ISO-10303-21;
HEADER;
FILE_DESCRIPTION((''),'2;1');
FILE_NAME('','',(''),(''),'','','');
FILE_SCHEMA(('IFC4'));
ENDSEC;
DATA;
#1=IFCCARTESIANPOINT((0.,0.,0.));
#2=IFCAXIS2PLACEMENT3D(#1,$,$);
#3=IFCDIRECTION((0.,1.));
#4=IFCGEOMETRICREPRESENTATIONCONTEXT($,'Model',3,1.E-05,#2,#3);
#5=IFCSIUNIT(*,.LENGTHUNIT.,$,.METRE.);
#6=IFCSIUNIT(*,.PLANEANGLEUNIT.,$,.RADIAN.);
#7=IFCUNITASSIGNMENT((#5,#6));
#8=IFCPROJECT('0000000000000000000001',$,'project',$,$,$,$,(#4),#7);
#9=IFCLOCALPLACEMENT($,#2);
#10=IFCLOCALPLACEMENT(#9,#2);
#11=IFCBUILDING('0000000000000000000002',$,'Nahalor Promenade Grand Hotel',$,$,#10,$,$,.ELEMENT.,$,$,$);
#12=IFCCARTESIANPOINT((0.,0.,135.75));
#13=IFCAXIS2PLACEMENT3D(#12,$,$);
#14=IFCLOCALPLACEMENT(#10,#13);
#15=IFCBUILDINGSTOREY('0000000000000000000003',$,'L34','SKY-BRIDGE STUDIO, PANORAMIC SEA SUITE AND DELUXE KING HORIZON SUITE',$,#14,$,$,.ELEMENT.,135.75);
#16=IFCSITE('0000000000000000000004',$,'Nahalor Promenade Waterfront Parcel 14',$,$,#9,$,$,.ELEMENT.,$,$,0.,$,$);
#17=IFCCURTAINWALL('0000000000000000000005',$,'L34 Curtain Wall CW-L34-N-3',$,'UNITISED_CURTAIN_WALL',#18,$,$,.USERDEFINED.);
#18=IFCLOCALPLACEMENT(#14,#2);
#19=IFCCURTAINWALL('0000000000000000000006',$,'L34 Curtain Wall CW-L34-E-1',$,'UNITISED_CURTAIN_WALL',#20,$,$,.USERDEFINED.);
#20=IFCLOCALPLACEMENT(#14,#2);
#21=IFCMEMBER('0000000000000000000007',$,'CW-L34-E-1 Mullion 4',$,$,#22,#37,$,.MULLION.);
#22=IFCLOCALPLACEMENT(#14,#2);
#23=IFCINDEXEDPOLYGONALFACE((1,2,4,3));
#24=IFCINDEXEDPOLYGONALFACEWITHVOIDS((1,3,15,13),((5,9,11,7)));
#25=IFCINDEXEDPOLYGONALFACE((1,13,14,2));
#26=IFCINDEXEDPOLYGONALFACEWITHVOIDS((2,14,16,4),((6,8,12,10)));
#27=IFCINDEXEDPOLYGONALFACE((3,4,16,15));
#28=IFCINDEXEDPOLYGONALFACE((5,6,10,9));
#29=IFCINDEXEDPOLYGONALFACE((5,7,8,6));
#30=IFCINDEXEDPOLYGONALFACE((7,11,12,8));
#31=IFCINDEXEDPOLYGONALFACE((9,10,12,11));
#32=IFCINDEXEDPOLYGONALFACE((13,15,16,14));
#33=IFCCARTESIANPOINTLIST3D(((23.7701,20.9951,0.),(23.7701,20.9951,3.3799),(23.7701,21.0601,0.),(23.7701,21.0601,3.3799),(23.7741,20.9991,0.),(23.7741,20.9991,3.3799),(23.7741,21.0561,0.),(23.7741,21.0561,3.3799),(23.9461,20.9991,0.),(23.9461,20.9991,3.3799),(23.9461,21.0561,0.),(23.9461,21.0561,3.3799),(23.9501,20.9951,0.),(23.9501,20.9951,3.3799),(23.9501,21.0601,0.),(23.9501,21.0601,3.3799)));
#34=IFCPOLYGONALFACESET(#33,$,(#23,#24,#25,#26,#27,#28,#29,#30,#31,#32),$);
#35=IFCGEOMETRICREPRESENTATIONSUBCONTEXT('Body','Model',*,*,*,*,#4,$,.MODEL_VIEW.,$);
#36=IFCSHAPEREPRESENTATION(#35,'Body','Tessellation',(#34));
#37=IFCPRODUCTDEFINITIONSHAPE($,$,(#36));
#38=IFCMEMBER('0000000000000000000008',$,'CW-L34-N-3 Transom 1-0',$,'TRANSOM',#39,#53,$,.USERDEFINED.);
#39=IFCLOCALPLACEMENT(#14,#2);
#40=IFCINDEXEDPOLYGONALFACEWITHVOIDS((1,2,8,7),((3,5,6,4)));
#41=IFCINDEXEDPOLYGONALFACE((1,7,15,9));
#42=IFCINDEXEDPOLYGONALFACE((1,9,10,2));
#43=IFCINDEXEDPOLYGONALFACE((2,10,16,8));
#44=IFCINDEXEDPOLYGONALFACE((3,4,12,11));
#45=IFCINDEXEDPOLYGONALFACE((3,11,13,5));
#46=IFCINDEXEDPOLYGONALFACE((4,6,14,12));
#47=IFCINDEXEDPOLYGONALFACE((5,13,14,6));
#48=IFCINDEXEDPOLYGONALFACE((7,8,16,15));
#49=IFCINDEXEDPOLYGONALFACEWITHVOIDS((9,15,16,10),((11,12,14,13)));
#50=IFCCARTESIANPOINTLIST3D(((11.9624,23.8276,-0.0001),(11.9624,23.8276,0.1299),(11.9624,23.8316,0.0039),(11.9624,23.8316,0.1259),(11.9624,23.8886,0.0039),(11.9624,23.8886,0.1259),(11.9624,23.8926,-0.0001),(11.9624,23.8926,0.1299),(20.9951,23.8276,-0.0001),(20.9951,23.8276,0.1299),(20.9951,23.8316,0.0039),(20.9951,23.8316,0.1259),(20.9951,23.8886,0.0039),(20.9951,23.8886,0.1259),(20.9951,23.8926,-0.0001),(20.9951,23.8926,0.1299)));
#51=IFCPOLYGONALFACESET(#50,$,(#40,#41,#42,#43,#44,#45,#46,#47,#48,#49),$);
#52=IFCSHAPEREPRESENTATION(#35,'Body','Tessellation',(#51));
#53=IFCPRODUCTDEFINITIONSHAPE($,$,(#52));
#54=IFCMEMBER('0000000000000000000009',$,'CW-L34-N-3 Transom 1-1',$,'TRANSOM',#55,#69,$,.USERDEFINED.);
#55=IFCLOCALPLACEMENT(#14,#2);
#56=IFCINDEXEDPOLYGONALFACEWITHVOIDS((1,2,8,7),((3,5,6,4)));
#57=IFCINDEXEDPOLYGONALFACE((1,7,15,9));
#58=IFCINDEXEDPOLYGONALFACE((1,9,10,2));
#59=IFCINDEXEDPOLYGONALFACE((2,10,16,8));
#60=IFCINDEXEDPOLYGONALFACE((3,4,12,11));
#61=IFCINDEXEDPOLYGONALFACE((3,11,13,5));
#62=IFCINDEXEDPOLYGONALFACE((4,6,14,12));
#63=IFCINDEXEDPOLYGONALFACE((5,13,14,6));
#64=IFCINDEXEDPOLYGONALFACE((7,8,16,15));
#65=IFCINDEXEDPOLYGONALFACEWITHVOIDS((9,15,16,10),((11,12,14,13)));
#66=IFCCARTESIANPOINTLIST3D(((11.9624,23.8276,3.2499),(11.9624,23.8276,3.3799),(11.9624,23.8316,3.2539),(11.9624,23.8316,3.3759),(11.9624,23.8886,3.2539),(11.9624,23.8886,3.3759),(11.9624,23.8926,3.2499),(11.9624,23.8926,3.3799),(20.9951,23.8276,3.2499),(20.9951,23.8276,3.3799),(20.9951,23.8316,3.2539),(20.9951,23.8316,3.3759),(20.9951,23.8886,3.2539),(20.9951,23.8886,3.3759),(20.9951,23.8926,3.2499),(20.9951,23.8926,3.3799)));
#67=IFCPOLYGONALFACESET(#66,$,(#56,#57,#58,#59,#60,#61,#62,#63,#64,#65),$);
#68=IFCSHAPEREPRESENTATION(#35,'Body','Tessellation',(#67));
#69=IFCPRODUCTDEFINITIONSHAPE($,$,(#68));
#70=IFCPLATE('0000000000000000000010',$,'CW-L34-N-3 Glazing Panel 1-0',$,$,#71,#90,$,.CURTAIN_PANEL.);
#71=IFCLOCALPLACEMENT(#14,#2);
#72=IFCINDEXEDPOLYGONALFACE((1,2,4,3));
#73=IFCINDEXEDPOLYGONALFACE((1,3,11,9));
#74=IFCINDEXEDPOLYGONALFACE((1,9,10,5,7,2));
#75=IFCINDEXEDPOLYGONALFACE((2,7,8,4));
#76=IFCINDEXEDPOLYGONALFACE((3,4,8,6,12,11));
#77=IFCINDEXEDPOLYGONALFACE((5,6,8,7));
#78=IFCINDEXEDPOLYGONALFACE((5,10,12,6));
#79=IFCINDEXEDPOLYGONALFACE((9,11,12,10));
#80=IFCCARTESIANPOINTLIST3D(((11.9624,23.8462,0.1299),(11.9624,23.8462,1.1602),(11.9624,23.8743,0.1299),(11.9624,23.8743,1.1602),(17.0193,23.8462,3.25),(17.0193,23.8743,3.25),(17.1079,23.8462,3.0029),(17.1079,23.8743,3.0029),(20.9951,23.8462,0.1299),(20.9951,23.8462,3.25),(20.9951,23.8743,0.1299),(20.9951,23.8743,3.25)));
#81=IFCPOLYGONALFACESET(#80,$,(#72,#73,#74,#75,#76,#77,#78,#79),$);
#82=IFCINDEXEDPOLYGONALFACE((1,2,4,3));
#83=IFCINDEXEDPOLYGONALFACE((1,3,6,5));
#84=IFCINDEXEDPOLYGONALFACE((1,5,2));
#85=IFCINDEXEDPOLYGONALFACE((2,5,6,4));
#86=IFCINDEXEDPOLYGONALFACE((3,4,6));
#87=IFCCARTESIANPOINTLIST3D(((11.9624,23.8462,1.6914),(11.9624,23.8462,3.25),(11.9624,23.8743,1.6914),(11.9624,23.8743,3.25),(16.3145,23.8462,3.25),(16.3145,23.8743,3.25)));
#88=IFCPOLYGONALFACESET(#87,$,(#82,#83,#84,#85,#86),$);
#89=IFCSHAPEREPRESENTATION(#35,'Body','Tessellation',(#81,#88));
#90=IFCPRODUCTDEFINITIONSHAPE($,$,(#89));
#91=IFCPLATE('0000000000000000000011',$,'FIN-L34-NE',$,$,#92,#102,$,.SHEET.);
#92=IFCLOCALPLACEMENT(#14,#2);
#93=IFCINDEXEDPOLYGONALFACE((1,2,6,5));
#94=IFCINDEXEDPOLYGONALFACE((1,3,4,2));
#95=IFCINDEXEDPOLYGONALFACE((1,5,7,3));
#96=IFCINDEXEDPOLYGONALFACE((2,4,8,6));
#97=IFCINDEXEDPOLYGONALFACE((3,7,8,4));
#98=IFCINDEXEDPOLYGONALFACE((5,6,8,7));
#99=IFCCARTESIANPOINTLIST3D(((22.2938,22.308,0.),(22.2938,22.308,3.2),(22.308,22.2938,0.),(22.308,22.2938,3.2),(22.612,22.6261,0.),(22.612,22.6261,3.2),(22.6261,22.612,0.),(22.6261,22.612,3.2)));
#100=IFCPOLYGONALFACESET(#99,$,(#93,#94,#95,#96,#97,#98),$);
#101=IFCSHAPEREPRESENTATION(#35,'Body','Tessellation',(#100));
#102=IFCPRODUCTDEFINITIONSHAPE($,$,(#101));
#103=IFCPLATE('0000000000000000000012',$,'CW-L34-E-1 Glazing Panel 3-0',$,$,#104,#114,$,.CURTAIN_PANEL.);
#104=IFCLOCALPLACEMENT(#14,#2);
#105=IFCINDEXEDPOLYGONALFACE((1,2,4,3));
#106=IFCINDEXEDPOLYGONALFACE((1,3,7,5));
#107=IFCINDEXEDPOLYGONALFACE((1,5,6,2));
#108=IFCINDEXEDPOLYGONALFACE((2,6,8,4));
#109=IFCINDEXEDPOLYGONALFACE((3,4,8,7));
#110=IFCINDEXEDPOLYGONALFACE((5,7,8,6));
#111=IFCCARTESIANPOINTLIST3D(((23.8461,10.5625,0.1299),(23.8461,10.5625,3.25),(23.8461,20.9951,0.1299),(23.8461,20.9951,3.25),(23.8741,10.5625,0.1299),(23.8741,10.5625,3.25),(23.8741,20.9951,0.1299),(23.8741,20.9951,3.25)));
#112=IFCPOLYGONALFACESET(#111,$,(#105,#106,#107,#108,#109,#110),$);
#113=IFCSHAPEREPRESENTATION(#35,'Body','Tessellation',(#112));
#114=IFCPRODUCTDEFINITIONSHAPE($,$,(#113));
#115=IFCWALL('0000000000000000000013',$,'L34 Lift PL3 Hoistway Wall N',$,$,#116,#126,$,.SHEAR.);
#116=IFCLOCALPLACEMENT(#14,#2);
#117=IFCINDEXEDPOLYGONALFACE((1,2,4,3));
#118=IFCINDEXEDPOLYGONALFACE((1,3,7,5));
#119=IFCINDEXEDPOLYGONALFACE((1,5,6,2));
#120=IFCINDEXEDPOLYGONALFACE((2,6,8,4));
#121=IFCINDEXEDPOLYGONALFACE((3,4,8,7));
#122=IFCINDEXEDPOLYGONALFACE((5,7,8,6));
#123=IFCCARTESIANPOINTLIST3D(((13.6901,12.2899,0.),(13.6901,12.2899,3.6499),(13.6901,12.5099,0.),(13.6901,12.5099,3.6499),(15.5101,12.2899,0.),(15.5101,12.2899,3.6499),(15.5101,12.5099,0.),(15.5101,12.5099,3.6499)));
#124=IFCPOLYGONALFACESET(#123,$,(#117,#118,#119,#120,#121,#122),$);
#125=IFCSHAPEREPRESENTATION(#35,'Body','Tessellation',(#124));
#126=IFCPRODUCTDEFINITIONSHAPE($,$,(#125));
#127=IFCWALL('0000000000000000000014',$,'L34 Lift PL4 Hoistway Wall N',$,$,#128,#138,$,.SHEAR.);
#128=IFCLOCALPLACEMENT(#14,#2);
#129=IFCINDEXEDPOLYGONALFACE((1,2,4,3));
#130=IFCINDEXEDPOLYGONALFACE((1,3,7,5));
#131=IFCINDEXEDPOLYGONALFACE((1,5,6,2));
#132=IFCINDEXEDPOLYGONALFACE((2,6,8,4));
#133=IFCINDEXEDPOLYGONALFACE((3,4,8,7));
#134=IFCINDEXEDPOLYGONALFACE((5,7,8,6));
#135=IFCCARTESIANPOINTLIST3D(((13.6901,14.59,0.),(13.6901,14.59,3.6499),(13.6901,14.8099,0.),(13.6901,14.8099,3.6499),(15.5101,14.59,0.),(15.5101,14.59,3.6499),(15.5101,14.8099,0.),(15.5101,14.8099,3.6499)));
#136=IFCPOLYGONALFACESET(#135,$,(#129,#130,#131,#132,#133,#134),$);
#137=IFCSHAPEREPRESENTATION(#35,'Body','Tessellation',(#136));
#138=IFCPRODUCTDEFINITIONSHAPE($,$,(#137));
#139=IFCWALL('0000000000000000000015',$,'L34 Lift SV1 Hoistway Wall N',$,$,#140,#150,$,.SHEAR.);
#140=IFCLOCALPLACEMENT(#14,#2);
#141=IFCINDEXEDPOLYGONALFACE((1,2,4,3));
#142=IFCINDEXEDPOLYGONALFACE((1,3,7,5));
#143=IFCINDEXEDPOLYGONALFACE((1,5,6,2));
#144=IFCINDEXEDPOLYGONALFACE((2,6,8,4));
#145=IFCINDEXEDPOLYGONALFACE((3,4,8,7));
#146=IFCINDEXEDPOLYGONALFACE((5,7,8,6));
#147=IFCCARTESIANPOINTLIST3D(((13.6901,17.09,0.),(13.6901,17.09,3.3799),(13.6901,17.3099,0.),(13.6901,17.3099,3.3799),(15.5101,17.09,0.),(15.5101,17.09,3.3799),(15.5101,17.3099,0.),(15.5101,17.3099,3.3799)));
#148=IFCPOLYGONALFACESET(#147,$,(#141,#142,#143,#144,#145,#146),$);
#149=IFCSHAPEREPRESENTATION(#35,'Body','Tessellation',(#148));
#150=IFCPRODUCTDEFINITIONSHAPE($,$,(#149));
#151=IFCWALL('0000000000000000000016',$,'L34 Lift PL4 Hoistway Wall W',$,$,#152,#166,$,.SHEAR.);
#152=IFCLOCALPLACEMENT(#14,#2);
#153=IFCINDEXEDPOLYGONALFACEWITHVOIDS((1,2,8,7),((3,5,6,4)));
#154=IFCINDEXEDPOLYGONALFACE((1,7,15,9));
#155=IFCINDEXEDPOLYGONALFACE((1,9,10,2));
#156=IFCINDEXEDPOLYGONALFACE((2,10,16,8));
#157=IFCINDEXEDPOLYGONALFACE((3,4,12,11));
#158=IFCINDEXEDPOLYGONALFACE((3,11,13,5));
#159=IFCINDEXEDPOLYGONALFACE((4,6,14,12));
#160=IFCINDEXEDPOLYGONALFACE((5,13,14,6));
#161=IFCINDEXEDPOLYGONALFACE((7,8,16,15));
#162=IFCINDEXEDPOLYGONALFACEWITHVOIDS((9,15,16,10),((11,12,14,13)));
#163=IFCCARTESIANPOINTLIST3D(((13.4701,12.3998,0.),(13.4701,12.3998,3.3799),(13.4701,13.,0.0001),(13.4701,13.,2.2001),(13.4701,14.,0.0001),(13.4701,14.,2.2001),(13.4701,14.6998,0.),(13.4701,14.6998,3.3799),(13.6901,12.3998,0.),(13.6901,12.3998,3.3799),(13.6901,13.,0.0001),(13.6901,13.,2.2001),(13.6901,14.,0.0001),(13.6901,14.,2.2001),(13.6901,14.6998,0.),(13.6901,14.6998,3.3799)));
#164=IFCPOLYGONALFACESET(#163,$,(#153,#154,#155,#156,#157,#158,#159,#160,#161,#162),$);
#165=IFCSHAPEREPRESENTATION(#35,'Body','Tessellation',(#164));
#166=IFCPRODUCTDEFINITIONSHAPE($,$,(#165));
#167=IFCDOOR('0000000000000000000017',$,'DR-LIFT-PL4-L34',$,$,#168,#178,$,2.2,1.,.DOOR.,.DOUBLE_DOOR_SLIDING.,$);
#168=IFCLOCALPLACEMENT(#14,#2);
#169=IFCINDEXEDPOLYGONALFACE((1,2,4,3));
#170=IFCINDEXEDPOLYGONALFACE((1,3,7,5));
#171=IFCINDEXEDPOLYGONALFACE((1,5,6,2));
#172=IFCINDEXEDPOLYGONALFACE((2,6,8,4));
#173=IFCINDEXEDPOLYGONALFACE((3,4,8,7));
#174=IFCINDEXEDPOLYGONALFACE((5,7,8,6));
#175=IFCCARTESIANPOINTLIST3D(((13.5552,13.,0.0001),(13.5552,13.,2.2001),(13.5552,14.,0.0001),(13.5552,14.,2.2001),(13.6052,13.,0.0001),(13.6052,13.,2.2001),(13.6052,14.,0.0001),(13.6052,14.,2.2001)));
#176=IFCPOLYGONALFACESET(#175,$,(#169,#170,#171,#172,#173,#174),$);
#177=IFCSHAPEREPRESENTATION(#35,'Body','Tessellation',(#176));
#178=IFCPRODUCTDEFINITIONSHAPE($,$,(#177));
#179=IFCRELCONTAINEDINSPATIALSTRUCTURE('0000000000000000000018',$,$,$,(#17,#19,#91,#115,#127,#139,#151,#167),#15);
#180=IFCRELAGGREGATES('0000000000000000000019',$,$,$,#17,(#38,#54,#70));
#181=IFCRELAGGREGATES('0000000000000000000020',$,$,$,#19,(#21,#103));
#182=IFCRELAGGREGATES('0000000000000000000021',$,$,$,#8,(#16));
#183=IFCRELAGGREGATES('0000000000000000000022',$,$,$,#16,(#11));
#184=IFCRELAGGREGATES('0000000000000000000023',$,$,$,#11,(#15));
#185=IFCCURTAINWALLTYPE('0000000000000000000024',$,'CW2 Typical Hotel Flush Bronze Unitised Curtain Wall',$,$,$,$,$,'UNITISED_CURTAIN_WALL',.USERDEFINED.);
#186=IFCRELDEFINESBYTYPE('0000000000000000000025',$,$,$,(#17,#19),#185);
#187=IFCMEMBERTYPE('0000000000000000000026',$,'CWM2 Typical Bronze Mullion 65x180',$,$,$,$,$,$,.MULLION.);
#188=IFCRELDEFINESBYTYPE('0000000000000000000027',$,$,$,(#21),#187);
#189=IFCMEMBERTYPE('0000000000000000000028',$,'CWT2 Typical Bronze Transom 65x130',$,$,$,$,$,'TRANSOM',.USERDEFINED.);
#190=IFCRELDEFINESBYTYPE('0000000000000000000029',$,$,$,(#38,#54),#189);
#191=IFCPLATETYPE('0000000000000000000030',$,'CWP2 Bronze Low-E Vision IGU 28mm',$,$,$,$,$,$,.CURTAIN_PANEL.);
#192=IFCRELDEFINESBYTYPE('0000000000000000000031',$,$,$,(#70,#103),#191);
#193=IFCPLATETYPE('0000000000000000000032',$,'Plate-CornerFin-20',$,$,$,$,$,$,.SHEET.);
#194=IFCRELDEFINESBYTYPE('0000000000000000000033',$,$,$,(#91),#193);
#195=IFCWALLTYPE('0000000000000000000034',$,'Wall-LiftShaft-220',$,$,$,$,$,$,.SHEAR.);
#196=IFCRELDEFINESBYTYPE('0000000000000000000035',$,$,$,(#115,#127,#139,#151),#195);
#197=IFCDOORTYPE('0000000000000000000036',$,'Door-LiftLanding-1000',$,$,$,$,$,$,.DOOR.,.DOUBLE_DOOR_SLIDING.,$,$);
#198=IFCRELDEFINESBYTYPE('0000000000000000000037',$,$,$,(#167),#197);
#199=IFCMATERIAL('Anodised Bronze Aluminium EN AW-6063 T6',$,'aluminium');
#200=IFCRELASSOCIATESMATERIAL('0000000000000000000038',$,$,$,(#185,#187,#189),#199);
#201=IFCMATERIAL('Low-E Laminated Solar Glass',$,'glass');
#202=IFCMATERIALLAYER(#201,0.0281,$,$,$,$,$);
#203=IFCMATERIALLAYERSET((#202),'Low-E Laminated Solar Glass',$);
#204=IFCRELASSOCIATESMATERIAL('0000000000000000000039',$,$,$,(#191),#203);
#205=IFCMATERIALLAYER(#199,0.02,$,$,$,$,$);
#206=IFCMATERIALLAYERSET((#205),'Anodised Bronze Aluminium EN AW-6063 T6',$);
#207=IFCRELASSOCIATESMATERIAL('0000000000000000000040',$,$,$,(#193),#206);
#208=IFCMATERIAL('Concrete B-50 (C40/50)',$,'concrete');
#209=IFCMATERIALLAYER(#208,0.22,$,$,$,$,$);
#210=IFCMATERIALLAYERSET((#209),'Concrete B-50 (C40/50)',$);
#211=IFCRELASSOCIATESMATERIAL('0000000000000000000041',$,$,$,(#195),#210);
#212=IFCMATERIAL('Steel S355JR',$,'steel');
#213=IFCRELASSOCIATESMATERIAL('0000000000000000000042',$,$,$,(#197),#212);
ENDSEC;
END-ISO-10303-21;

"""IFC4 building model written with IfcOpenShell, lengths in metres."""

from ifc_helpers import new_model, si_unit, direction, frame, frame_2d, origin, origin_2d, place, context, subcontext, project, spatial, polyline, rectangle, hollow_rectangle, outline, extrude, source, transform, mapped, material, layer, layer_set, material_profile, profile_set, type_object, element, fill, aggregate, save


model = new_model("IFC4")

# Units and contexts
model_context = context("Model", 3, precision=1e-05, world=origin(), true_north=direction((0.0, 1.0)))
body_context = subcontext(model_context, "Body", "Model", "MODEL_VIEW")
ifc_project = project(units=[si_unit("LENGTHUNIT", "METRE"), si_unit("PLANEANGLEUNIT", "RADIAN")], contexts=[model_context])

# Site, building, storey
site_placement = place(None, origin())
site = spatial("IfcSite", under=ifc_project, at=site_placement, Name="Nahalor Promenade Waterfront Parcel 14", CompositionType="ELEMENT", RefElevation=0.0)
building_placement = place(site_placement, origin())
building = spatial("IfcBuilding", under=site, at=building_placement, Name="Nahalor Promenade Grand Hotel", CompositionType="ELEMENT")
storey_placement = place(building_placement, frame((0.0, 0.0, 135.75)))
storey = spatial("IfcBuildingStorey", under=building, at=storey_placement, Name="L34", Description="SKY-BRIDGE STUDIO, PANORAMIC SEA SUITE AND DELUXE KING HORIZON SUITE", CompositionType="ELEMENT", Elevation=135.75)

# Shared definitions
ifc_material_1 = material(Name="Steel S355JR", Category="steel")

# Curtain walls, member
ifc_material_2 = material(Name="Anodised Bronze Aluminium EN AW-6063 T6", Category="aluminium")
curtain_wall_type = type_object("IfcCurtainWallType", Name="CW2 Typical Hotel Flush Bronze Unitised Curtain Wall", ElementType="UNITISED_CURTAIN_WALL", PredefinedType="USERDEFINED", material=ifc_material_2)
curtain_wall_1_placement = place(storey_placement, origin())
curtain_wall_1 = element("IfcCurtainWall", 1, at=curtain_wall_1_placement, inside=storey, type_object=curtain_wall_type, Name="L34 Curtain Wall CW-L34-N-3", ObjectType="UNITISED_CURTAIN_WALL", PredefinedType="USERDEFINED")
ifc_material_profile_1 = material_profile(ifc_material_2, hollow_rectangle(XDim=0.065, YDim=0.18, WallThickness=0.004, at=origin_2d()), Name="CWM 65x180x4")
ifc_profile_set_1 = profile_set([ifc_material_profile_1], Name="Anodised Bronze Aluminium EN AW-6063 T6")
member_type_1 = type_object("IfcMemberType", Name="CWM2 Typical Bronze Mullion 65x180", PredefinedType="MULLION", material=ifc_profile_set_1)
shared_shape_1 = source(origin(), body_context, "Body", "SweptSolid", [
    extrude(hollow_rectangle(XDim=0.065, YDim=0.18, WallThickness=0.004, at=origin_2d()), origin(), (0.0, 0.0, 1.0), 3.3799),
])
curtain_wall_2_placement = place(storey_placement, origin())
curtain_wall_2 = element("IfcCurtainWall", 2, at=curtain_wall_2_placement, inside=storey, type_object=curtain_wall_type, Name="L34 Curtain Wall CW-L34-E-1", ObjectType="UNITISED_CURTAIN_WALL", PredefinedType="USERDEFINED")
member_1_placement = place(storey_placement, frame((23.8601, 21.0276, 0.0), z_axis=(0.0, 0.0, 1.0), x_axis=(0.0, 1.0, 0.0)))
member_1 = element("IfcMember", 3, at=member_1_placement, type_object=member_type_1, Name="CW-L34-E-1 Mullion 4", PredefinedType="MULLION", context=body_context, shape_type="MappedRepresentation", body=[
    mapped(shared_shape_1, transform((0.0, 0.0, 0.0), scale=1.0)),
])

# Members
ifc_material_profile_2 = material_profile(ifc_material_2, hollow_rectangle(XDim=0.065, YDim=0.13, WallThickness=0.004, at=origin_2d()), Name="CWT 65x130x4")
ifc_profile_set_2 = profile_set([ifc_material_profile_2], Name="Anodised Bronze Aluminium EN AW-6063 T6")
member_type_2 = type_object("IfcMemberType", Name="CWT2 Typical Bronze Transom 65x130", ElementType="TRANSOM", PredefinedType="USERDEFINED", material=ifc_profile_set_2)
shared_shape_2 = source(origin(), body_context, "Body", "SweptSolid", [
    extrude(hollow_rectangle(XDim=0.065, YDim=0.13, WallThickness=0.004, at=origin_2d()), origin(), (0.0, 0.0, 1.0), 9.0327),
])
member_2_placement = place(storey_placement, frame((11.9624, 23.8601, 0.0649), z_axis=(1.0, 0.0, 0.0), x_axis=(0.0, 1.0, 0.0)))
member_2 = element("IfcMember", 4, at=member_2_placement, type_object=member_type_2, Name="CW-L34-N-3 Transom 1-0", ObjectType="TRANSOM", PredefinedType="USERDEFINED", context=body_context, shape_type="MappedRepresentation", body=[
    mapped(shared_shape_2, transform((0.0, 0.0, 0.0), scale=1.0)),
])
member_3_placement = place(storey_placement, frame((11.9624, 23.8601, 3.3149), z_axis=(1.0, 0.0, 0.0), x_axis=(0.0, 1.0, 0.0)))
member_3 = element("IfcMember", 5, at=member_3_placement, type_object=member_type_2, Name="CW-L34-N-3 Transom 1-1", ObjectType="TRANSOM", PredefinedType="USERDEFINED", context=body_context, shape_type="MappedRepresentation", body=[
    mapped(shared_shape_2, transform((0.0, 0.0, 0.0), scale=1.0)),
])

# Plates
ifc_material_3 = material(Name="Low-E Laminated Solar Glass", Category="glass")
ifc_layer_1 = layer(ifc_material_3, 0.0281)
ifc_layer_set_1 = layer_set([ifc_layer_1], Name="Low-E Laminated Solar Glass")
plate_type_1 = type_object("IfcPlateType", Name="CWP2 Bronze Low-E Vision IGU 28mm", PredefinedType="CURTAIN_PANEL", material=ifc_layer_set_1)
plate_1_placement = place(storey_placement, frame((16.4788, 23.8601, 0.1299), z_axis=(0.0, 0.0, 1.0), x_axis=(1.0, 0.0, 0.0)))
plate_1 = element("IfcPlate", 6, at=plate_1_placement, type_object=plate_type_1, Name="CW-L34-N-3 Glazing Panel 1-0", PredefinedType="CURTAIN_PANEL", context=body_context, shape_type="SweptSolid", body=[
    extrude(outline(polyline([(4.5164, 0.0), (4.5164, 3.1201), (0.5405, 3.1201), (0.6292, 2.873), (-4.5164, 1.0303), (-4.5164, 0.0), (4.5164, 0.0)])), frame((0.0, 0.0142, 0.0), z_axis=(0.0, -1.0, 0.0), x_axis=(1.0, 0.0, 0.0)), (0.0, 0.0, 1.0), 0.0281),
    extrude(outline(polyline([(-0.1643, 3.1201), (-4.5164, 3.1201), (-4.5164, 1.5615), (-0.1643, 3.1201)])), frame((0.0, 0.0142, 0.0), z_axis=(0.0, -1.0, 0.0), x_axis=(1.0, 0.0, 0.0)), (0.0, 0.0, 1.0), 0.0281),
])
aggregate(curtain_wall_1, [member_2, member_3, plate_1])
ifc_layer_2 = layer(ifc_material_2, 0.02)
ifc_layer_set_2 = layer_set([ifc_layer_2], Name="Anodised Bronze Aluminium EN AW-6063 T6")
plate_type_2 = type_object("IfcPlateType", Name="Plate-CornerFin-20", PredefinedType="SHEET", material=ifc_layer_set_2)
shared_shape_3 = source(origin(), body_context, "Body", "SweptSolid", [
    extrude(rectangle(XDim=0.45, YDim=0.02, at=origin_2d()), origin(), (0.0, 0.0, 1.0), 3.2),
])
plate_2_placement = place(storey_placement, frame((22.46, 22.46, 0.0), z_axis=(0.0, 0.0, 1.0), x_axis=(0.707107, 0.707107, 0.0)))
element("IfcPlate", 7, at=plate_2_placement, inside=storey, type_object=plate_type_2, Name="FIN-L34-NE", PredefinedType="SHEET", context=body_context, shape_type="MappedRepresentation", body=[
    mapped(shared_shape_3, transform((0.0, 0.0, 0.0), scale=1.0)),
])
shared_shape_4 = source(origin(), body_context, "Body", "SweptSolid", [
    extrude(rectangle(XDim=10.4326, YDim=0.0281, at=origin_2d()), origin(), (0.0, 0.0, 1.0), 3.1201),
])
plate_3_placement = place(storey_placement, frame((23.8601, 15.7788, 0.1299), z_axis=(0.0, 0.0, 1.0), x_axis=(0.0, 1.0, 0.0)))
plate_3 = element("IfcPlate", 8, at=plate_3_placement, type_object=plate_type_1, Name="CW-L34-E-1 Glazing Panel 3-0", PredefinedType="CURTAIN_PANEL", context=body_context, shape_type="MappedRepresentation", body=[
    mapped(shared_shape_4, transform((0.0, 0.0, 0.0), scale=1.0)),
])
aggregate(curtain_wall_2, [member_1, plate_3])

# Walls
ifc_material_4 = material(Name="Concrete B-50 (C40/50)", Category="concrete")
ifc_layer_3 = layer(ifc_material_4, 0.22)
ifc_layer_set_3 = layer_set([ifc_layer_3], Name="Concrete B-50 (C40/50)")
wall_type_1 = type_object("IfcWallType", Name="Wall-LiftShaft-220", PredefinedType="SHEAR", material=ifc_layer_set_3)
shared_shape_5 = source(origin(), body_context, "Body", "SweptSolid", [
    extrude(rectangle(XDim=1.8201, YDim=0.22, at=frame_2d((0.9102, 0.0))), origin(), (0.0, 0.0, 1.0), 3.6499),
])
for number, where, z_axis, x_axis, name in (
    (9, (13.6899, 12.3999, 0.0), (0.0, 0.0, 1.0), (1.0, 0.0, 0.0), "L34 Lift PL3 Hoistway Wall N"),
    (10, (13.6899, 14.7, 0.0), (0.0, 0.0, 1.0), (1.0, 0.0, 0.0), "L34 Lift PL4 Hoistway Wall N"),
):
    element("IfcWall", number, at=place(storey_placement, frame(where, z_axis=z_axis, x_axis=x_axis)), inside=storey, type_object=wall_type_1, Name=name, PredefinedType="SHEAR", context=body_context, shape_type="MappedRepresentation", body=[
        mapped(shared_shape_5, transform((0.0, 0.0, 0.0), scale=1.0)),
    ])
shared_shape_6 = source(origin(), body_context, "Body", "SweptSolid", [
    extrude(rectangle(XDim=1.8201, YDim=0.22, at=frame_2d((0.9102, 0.0))), origin(), (0.0, 0.0, 1.0), 3.3799),
])
wall_1_placement = place(storey_placement, frame((13.6899, 17.2, 0.0), z_axis=(0.0, 0.0, 1.0), x_axis=(1.0, 0.0, 0.0)))
element("IfcWall", 11, at=wall_1_placement, inside=storey, type_object=wall_type_1, Name="L34 Lift SV1 Hoistway Wall N", PredefinedType="SHEAR", context=body_context, shape_type="MappedRepresentation", body=[
    mapped(shared_shape_6, transform((0.0, 0.0, 0.0), scale=1.0)),
])

# Wall, opening, door
shared_shape_7 = source(origin(), body_context, "Body", "SweptSolid", [
    extrude(rectangle(XDim=2.3, YDim=0.22, at=frame_2d((1.1499, 0.0))), origin(), (0.0, 0.0, 1.0), 3.3799),
])
wall_2_placement = place(storey_placement, frame((13.5801, 12.3999, 0.0), z_axis=(0.0, 0.0, 1.0), x_axis=(0.0, 1.0, 0.0)))
wall_2 = element("IfcWall", 12, at=wall_2_placement, inside=storey, type_object=wall_type_1, Name="L34 Lift PL4 Hoistway Wall W", PredefinedType="SHEAR", context=body_context, shape_type="MappedRepresentation", body=[
    mapped(shared_shape_7, transform((0.0, 0.0, 0.0), scale=1.0)),
])
opening_1_placement = place(wall_2_placement, frame((0.6001, 0.0, 0.0)))
opening_1 = element("IfcOpeningElement", 13, at=opening_1_placement, cuts=wall_2, PredefinedType="OPENING", context=body_context, shape_type="SweptSolid", body=[
    extrude(rectangle(XDim=1.0, YDim=2.2, at=frame_2d((0.5, 1.1001))), frame((0.0, 0.1199, 0.0), z_axis=(0.0, -1.0, 0.0), x_axis=(1.0, 0.0, 0.0)), (0.0, 0.0, 1.0), 0.24),
])
door_type_1 = type_object("IfcDoorType", Name="Door-LiftLanding-1000", OperationType="DOUBLE_DOOR_SLIDING", PredefinedType="DOOR", material=ifc_material_1)
shared_shape_8 = source(origin(), body_context, "Body", "SweptSolid", [
    extrude(rectangle(XDim=1.0, YDim=2.2, at=frame_2d((0.5, 1.1001))), frame((0.0, 0.0249, 0.0), z_axis=(0.0, -1.0, 0.0), x_axis=(1.0, 0.0, 0.0)), (0.0, 0.0, 1.0), 0.05),
])
door_1_placement = place(opening_1_placement, origin())
door_1 = element("IfcDoor", 14, at=door_1_placement, inside=storey, type_object=door_type_1, Name="DR-LIFT-PL4-L34", OperationType="DOUBLE_DOOR_SLIDING", OverallHeight=2.2, OverallWidth=1.0, PredefinedType="DOOR", context=body_context, shape_type="MappedRepresentation", body=[
    mapped(shared_shape_8, transform((0.0, 0.0, 0.0), scale=1.0)),
])
fill(opening_1, door_1)

save(model, "model.ifc")
